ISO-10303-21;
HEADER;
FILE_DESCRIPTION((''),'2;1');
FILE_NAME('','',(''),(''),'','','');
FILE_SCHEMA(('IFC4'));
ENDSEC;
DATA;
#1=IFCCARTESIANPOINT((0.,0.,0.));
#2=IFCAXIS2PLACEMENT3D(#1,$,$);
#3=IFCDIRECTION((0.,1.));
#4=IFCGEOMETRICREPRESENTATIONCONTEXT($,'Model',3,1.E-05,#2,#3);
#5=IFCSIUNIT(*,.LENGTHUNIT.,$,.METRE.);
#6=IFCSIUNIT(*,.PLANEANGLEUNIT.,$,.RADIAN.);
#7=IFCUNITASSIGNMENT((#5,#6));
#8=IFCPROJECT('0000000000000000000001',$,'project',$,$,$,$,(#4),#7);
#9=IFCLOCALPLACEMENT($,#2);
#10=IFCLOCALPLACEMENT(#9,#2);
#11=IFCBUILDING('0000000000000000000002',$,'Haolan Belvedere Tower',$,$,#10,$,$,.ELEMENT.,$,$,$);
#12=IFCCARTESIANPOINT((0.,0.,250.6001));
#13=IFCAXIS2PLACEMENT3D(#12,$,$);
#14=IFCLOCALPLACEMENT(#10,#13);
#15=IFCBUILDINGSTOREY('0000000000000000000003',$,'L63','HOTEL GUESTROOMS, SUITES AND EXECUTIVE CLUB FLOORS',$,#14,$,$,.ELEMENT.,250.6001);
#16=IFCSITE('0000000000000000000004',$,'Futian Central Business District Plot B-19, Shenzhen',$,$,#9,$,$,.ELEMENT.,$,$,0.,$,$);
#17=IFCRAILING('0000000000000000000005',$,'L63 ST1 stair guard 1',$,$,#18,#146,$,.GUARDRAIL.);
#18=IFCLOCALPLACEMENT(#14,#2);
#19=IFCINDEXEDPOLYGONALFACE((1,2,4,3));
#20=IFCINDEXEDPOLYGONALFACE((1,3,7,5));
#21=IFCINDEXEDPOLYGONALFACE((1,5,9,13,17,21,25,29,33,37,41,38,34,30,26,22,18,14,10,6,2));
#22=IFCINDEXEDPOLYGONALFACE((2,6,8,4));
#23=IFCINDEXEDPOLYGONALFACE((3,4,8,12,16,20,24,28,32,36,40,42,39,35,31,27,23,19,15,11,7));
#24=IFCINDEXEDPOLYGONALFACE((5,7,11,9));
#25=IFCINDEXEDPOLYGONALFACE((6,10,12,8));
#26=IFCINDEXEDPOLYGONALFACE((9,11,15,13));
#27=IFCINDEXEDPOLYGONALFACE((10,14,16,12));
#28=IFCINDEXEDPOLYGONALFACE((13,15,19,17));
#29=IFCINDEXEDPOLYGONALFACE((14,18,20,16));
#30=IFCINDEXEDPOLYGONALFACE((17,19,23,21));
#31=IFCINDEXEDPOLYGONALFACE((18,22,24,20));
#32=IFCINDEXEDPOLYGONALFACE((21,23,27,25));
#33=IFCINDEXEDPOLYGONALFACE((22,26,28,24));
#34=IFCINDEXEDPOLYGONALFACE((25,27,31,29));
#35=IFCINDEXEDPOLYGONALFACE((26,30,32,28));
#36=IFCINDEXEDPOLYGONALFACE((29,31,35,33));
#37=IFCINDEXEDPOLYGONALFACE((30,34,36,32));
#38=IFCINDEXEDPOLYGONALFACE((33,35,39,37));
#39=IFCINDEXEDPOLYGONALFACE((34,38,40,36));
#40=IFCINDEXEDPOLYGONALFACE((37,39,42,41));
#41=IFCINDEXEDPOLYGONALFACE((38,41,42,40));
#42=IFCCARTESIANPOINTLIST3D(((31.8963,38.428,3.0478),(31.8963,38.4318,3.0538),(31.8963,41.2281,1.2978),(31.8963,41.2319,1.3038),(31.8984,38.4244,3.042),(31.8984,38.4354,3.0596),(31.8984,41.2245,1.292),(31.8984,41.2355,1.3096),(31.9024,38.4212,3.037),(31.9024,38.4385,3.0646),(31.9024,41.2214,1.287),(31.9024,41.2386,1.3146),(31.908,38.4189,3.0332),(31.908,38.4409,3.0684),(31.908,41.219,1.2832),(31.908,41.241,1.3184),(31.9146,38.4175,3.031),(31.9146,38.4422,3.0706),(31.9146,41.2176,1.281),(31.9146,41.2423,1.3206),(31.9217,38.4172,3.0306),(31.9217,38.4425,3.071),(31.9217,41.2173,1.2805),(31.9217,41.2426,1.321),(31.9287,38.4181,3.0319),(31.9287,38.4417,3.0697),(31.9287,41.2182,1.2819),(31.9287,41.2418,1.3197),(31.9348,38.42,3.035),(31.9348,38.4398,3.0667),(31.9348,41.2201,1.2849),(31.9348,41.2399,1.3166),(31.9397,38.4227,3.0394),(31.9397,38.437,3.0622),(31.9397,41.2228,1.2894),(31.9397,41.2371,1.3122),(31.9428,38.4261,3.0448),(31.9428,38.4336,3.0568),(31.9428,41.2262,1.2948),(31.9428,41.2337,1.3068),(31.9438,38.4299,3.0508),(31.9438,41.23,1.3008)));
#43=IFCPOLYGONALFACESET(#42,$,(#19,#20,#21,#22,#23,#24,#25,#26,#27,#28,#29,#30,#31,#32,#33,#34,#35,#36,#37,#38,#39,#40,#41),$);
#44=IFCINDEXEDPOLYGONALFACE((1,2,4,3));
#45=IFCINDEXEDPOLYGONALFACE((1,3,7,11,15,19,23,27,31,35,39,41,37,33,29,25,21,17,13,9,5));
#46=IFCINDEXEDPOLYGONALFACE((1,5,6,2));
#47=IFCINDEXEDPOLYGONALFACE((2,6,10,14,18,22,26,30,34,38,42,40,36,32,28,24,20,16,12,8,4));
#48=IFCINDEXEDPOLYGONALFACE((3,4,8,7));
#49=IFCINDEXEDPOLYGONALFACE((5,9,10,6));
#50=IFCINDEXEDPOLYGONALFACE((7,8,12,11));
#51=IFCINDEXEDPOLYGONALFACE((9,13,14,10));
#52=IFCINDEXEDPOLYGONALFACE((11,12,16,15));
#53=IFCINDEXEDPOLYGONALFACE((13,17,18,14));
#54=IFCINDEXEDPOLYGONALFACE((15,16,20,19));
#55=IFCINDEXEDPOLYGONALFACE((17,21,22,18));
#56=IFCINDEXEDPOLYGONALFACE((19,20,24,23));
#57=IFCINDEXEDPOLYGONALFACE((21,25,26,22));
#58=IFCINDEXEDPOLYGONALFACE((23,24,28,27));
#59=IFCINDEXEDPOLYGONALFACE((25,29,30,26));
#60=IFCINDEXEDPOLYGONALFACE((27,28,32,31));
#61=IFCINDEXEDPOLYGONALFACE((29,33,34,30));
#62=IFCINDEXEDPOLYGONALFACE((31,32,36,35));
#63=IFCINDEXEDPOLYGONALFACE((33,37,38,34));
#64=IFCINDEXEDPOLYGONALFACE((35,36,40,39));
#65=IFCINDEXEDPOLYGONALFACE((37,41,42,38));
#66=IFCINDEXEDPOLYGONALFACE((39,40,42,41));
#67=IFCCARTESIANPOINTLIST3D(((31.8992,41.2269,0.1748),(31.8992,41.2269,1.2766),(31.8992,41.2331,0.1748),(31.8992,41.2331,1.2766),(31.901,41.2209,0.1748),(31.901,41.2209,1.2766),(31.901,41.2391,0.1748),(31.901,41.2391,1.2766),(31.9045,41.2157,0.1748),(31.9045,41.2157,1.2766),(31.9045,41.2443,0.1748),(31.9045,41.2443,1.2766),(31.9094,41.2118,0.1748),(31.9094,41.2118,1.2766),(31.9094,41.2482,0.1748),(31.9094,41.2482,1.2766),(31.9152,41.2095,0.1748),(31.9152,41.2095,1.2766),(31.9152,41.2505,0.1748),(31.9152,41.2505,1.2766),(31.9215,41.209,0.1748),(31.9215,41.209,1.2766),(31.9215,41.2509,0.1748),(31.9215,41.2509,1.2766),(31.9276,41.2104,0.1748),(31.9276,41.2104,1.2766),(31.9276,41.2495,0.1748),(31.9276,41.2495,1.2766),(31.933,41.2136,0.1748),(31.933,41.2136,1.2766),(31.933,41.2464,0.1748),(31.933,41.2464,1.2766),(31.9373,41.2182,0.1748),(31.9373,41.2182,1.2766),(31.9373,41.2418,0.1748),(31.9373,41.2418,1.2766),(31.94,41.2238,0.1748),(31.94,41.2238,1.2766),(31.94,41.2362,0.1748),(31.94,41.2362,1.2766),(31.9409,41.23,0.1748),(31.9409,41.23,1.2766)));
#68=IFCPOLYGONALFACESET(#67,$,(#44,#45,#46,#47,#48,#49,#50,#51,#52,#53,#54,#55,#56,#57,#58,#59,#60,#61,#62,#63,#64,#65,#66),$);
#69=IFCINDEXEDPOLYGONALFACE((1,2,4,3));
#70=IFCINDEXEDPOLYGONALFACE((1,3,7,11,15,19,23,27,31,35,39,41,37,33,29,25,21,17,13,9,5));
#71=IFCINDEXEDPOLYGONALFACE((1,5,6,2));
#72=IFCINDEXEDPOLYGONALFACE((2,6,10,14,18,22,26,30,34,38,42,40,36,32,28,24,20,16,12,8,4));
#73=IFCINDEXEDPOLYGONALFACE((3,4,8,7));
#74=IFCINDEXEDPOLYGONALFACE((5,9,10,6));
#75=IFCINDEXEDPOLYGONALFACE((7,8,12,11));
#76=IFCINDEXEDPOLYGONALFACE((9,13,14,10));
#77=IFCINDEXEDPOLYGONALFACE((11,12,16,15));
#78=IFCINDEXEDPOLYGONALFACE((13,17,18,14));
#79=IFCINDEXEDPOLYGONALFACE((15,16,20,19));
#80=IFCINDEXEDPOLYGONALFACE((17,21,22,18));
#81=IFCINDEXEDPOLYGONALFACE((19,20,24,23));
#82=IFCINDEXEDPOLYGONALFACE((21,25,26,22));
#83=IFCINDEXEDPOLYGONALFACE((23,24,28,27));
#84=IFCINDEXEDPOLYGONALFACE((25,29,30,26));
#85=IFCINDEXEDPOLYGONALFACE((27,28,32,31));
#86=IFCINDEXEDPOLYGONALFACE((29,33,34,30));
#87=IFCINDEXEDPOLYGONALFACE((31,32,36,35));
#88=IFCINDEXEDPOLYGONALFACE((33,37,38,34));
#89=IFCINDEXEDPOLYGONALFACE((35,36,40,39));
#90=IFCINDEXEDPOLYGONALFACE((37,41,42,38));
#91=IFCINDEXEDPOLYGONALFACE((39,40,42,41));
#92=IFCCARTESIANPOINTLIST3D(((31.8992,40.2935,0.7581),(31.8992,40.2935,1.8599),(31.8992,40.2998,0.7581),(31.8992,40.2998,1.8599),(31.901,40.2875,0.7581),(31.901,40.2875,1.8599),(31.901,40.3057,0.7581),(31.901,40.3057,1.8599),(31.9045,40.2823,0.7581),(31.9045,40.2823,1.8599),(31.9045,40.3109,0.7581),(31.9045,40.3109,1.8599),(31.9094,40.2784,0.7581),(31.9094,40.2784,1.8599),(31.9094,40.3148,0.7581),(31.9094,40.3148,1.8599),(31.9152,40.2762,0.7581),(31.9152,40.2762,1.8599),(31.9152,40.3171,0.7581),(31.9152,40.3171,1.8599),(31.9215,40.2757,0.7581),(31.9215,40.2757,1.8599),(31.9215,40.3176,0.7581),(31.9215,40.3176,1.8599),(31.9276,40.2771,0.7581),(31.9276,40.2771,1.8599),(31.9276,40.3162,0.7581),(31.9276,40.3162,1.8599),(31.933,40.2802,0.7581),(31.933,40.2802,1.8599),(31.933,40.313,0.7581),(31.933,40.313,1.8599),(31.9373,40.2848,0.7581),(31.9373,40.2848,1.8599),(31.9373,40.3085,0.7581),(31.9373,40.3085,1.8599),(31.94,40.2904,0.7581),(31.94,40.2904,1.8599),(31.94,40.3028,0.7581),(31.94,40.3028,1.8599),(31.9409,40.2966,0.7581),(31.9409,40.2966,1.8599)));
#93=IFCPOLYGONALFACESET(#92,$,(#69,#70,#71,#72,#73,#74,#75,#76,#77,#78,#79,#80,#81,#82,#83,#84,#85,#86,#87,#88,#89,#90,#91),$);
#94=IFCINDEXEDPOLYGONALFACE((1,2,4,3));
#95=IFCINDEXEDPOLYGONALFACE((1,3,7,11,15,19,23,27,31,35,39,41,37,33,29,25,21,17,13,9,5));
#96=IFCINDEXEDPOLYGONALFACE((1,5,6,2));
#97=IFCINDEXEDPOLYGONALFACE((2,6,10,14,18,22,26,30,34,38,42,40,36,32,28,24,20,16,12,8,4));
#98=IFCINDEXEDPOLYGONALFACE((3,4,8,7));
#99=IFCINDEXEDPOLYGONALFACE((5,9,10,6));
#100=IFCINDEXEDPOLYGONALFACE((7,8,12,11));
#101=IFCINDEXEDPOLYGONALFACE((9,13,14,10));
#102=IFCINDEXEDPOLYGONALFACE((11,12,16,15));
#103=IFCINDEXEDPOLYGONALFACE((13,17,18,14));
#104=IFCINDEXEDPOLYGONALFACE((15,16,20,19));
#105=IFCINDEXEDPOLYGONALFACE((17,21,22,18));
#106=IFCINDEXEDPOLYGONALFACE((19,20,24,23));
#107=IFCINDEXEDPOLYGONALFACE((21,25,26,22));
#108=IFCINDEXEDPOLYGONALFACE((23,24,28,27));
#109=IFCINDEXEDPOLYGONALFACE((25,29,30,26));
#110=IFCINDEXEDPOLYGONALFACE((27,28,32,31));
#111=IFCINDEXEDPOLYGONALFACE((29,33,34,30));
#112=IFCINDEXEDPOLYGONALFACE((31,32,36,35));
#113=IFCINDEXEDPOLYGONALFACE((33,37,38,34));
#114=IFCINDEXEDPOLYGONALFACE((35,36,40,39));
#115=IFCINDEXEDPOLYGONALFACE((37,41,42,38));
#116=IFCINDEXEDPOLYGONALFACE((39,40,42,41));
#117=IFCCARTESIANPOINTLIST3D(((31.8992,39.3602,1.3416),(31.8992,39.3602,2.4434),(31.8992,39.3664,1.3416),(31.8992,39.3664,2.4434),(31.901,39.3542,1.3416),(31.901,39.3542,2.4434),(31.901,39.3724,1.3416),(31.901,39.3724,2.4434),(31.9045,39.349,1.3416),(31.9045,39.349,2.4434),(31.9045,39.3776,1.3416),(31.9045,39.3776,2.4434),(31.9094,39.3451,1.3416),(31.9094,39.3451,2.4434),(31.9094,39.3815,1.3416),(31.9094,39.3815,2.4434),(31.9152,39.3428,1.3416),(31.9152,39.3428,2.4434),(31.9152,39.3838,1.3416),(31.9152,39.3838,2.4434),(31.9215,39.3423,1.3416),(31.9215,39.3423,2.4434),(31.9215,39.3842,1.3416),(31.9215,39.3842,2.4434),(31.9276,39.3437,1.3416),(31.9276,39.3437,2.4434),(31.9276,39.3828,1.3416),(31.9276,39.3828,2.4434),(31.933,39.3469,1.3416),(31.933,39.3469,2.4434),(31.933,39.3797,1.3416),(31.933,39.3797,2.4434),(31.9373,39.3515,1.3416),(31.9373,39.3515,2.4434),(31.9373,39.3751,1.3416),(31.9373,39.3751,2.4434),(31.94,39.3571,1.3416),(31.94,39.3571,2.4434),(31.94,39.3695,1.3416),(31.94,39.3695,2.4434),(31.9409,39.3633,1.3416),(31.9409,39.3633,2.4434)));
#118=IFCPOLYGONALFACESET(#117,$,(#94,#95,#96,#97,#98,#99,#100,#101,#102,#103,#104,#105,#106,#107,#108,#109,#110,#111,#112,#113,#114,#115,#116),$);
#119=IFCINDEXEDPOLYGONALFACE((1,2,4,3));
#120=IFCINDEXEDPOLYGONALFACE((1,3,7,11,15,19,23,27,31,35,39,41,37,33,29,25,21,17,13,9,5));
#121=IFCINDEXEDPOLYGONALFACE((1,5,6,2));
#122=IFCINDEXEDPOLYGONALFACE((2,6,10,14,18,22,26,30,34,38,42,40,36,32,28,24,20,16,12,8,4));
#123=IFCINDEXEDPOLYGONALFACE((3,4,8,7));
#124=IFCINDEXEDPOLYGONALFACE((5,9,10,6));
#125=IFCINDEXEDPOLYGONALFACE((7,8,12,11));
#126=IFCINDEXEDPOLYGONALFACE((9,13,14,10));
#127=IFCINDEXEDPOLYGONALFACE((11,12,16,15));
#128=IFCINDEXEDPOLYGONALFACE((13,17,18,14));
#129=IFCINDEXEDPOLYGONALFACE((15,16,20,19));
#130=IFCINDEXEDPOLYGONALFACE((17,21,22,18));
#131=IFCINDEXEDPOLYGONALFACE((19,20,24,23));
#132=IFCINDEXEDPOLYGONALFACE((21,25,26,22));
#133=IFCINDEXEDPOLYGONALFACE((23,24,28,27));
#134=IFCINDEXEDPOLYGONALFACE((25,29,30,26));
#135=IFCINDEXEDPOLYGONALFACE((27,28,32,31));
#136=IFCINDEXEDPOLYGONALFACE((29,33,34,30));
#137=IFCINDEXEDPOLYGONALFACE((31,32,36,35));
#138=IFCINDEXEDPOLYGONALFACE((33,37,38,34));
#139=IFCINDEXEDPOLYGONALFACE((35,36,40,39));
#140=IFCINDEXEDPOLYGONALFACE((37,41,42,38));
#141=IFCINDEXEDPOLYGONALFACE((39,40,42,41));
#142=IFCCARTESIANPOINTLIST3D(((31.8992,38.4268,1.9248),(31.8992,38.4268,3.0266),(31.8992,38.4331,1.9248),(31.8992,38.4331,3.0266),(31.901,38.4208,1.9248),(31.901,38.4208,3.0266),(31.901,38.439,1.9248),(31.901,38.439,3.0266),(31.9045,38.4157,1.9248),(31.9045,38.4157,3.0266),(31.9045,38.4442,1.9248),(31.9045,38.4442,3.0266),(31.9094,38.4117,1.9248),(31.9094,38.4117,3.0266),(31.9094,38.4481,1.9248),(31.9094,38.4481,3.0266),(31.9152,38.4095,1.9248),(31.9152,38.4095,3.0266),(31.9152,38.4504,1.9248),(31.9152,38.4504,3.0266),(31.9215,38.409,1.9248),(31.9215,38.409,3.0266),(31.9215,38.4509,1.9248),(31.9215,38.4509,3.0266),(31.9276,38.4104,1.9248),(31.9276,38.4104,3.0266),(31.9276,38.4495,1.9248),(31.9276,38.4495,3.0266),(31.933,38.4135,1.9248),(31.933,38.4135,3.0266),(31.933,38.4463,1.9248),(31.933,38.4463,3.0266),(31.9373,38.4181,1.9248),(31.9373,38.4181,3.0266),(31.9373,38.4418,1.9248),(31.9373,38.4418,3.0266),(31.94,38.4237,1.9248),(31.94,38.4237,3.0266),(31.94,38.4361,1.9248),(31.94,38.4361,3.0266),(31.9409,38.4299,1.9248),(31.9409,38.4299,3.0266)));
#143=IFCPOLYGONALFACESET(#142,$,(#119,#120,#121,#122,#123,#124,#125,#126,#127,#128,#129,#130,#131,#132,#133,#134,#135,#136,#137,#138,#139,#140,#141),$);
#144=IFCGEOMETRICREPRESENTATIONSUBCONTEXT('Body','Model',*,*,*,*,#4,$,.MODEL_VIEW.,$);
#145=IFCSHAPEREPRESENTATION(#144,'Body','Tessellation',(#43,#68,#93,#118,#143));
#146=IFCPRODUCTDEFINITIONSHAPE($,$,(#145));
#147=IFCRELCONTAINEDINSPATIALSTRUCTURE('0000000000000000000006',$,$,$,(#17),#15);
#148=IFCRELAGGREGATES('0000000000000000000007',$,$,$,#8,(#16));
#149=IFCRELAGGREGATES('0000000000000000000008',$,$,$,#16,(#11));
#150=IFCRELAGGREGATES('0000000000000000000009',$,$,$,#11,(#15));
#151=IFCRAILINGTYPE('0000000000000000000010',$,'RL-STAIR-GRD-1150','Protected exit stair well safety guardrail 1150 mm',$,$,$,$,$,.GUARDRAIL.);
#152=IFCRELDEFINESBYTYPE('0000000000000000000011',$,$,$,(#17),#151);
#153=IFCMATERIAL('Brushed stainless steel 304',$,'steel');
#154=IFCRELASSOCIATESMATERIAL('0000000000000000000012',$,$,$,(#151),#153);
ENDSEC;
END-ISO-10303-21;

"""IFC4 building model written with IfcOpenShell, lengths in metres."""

from ifc_helpers import new_model, si_unit, direction, frame, origin, origin_2d, place, context, subcontext, project, spatial, circle, extrude, material, type_object, element, save


model = new_model("IFC4")

# Units and contexts
model_context = context("Model", 3, precision=1e-05, world=origin(), true_north=direction((0.0, 1.0)))
body_context = subcontext(model_context, "Body", "Model", "MODEL_VIEW")
ifc_project = project(units=[si_unit("LENGTHUNIT", "METRE"), si_unit("PLANEANGLEUNIT", "RADIAN")], contexts=[model_context])

# Site, building, storey
site_placement = place(None, origin())
site = spatial("IfcSite", under=ifc_project, at=site_placement, Name="Futian Central Business District Plot B-19, Shenzhen", CompositionType="ELEMENT", RefElevation=0.0)
building_placement = place(site_placement, origin())
building = spatial("IfcBuilding", under=site, at=building_placement, Name="Haolan Belvedere Tower", CompositionType="ELEMENT")
storey_placement = place(building_placement, frame((0.0, 0.0, 250.6001)))
storey = spatial("IfcBuildingStorey", under=building, at=storey_placement, Name="L63", Description="HOTEL GUESTROOMS, SUITES AND EXECUTIVE CLUB FLOORS", CompositionType="ELEMENT", Elevation=250.6001)

# Railing
ifc_material_1 = material(Name="Brushed stainless steel 304", Category="steel")
railing_type_1 = type_object("IfcRailingType", Name="RL-STAIR-GRD-1150", Description="Protected exit stair well safety guardrail 1150 mm", PredefinedType="GUARDRAIL", material=ifc_material_1)
railing_1_placement = place(storey_placement, frame((31.9199, 41.23, 0.1748)))
element("IfcRailing", 1, at=railing_1_placement, inside=storey, type_object=railing_type_1, Name="L63 ST1 stair guard 1", PredefinedType="GUARDRAIL", context=body_context, shape_type="SweptSolid", body=[
    extrude(circle(Radius=0.0239, at=origin_2d()), frame((0.0, 0.0, 1.126), z_axis=(0.0, -0.848002, 0.529992), x_axis=(1.0, 0.0, 0.0)), (0.0, 0.0, 1.0), 3.302),
    extrude(circle(Radius=0.021, at=origin_2d()), origin(), (0.0, 0.0, 1.0), 1.1018),
    extrude(circle(Radius=0.021, at=origin_2d()), frame((0.0, -0.9333, 0.5833)), (0.0, 0.0, 1.0), 1.1018),
    extrude(circle(Radius=0.021, at=origin_2d()), frame((0.0, -1.8667, 1.1667)), (0.0, 0.0, 1.0), 1.1018),
    extrude(circle(Radius=0.021, at=origin_2d()), frame((0.0, -2.8, 1.75)), (0.0, 0.0, 1.0), 1.1018),
])

save(model, "model.ifc")
